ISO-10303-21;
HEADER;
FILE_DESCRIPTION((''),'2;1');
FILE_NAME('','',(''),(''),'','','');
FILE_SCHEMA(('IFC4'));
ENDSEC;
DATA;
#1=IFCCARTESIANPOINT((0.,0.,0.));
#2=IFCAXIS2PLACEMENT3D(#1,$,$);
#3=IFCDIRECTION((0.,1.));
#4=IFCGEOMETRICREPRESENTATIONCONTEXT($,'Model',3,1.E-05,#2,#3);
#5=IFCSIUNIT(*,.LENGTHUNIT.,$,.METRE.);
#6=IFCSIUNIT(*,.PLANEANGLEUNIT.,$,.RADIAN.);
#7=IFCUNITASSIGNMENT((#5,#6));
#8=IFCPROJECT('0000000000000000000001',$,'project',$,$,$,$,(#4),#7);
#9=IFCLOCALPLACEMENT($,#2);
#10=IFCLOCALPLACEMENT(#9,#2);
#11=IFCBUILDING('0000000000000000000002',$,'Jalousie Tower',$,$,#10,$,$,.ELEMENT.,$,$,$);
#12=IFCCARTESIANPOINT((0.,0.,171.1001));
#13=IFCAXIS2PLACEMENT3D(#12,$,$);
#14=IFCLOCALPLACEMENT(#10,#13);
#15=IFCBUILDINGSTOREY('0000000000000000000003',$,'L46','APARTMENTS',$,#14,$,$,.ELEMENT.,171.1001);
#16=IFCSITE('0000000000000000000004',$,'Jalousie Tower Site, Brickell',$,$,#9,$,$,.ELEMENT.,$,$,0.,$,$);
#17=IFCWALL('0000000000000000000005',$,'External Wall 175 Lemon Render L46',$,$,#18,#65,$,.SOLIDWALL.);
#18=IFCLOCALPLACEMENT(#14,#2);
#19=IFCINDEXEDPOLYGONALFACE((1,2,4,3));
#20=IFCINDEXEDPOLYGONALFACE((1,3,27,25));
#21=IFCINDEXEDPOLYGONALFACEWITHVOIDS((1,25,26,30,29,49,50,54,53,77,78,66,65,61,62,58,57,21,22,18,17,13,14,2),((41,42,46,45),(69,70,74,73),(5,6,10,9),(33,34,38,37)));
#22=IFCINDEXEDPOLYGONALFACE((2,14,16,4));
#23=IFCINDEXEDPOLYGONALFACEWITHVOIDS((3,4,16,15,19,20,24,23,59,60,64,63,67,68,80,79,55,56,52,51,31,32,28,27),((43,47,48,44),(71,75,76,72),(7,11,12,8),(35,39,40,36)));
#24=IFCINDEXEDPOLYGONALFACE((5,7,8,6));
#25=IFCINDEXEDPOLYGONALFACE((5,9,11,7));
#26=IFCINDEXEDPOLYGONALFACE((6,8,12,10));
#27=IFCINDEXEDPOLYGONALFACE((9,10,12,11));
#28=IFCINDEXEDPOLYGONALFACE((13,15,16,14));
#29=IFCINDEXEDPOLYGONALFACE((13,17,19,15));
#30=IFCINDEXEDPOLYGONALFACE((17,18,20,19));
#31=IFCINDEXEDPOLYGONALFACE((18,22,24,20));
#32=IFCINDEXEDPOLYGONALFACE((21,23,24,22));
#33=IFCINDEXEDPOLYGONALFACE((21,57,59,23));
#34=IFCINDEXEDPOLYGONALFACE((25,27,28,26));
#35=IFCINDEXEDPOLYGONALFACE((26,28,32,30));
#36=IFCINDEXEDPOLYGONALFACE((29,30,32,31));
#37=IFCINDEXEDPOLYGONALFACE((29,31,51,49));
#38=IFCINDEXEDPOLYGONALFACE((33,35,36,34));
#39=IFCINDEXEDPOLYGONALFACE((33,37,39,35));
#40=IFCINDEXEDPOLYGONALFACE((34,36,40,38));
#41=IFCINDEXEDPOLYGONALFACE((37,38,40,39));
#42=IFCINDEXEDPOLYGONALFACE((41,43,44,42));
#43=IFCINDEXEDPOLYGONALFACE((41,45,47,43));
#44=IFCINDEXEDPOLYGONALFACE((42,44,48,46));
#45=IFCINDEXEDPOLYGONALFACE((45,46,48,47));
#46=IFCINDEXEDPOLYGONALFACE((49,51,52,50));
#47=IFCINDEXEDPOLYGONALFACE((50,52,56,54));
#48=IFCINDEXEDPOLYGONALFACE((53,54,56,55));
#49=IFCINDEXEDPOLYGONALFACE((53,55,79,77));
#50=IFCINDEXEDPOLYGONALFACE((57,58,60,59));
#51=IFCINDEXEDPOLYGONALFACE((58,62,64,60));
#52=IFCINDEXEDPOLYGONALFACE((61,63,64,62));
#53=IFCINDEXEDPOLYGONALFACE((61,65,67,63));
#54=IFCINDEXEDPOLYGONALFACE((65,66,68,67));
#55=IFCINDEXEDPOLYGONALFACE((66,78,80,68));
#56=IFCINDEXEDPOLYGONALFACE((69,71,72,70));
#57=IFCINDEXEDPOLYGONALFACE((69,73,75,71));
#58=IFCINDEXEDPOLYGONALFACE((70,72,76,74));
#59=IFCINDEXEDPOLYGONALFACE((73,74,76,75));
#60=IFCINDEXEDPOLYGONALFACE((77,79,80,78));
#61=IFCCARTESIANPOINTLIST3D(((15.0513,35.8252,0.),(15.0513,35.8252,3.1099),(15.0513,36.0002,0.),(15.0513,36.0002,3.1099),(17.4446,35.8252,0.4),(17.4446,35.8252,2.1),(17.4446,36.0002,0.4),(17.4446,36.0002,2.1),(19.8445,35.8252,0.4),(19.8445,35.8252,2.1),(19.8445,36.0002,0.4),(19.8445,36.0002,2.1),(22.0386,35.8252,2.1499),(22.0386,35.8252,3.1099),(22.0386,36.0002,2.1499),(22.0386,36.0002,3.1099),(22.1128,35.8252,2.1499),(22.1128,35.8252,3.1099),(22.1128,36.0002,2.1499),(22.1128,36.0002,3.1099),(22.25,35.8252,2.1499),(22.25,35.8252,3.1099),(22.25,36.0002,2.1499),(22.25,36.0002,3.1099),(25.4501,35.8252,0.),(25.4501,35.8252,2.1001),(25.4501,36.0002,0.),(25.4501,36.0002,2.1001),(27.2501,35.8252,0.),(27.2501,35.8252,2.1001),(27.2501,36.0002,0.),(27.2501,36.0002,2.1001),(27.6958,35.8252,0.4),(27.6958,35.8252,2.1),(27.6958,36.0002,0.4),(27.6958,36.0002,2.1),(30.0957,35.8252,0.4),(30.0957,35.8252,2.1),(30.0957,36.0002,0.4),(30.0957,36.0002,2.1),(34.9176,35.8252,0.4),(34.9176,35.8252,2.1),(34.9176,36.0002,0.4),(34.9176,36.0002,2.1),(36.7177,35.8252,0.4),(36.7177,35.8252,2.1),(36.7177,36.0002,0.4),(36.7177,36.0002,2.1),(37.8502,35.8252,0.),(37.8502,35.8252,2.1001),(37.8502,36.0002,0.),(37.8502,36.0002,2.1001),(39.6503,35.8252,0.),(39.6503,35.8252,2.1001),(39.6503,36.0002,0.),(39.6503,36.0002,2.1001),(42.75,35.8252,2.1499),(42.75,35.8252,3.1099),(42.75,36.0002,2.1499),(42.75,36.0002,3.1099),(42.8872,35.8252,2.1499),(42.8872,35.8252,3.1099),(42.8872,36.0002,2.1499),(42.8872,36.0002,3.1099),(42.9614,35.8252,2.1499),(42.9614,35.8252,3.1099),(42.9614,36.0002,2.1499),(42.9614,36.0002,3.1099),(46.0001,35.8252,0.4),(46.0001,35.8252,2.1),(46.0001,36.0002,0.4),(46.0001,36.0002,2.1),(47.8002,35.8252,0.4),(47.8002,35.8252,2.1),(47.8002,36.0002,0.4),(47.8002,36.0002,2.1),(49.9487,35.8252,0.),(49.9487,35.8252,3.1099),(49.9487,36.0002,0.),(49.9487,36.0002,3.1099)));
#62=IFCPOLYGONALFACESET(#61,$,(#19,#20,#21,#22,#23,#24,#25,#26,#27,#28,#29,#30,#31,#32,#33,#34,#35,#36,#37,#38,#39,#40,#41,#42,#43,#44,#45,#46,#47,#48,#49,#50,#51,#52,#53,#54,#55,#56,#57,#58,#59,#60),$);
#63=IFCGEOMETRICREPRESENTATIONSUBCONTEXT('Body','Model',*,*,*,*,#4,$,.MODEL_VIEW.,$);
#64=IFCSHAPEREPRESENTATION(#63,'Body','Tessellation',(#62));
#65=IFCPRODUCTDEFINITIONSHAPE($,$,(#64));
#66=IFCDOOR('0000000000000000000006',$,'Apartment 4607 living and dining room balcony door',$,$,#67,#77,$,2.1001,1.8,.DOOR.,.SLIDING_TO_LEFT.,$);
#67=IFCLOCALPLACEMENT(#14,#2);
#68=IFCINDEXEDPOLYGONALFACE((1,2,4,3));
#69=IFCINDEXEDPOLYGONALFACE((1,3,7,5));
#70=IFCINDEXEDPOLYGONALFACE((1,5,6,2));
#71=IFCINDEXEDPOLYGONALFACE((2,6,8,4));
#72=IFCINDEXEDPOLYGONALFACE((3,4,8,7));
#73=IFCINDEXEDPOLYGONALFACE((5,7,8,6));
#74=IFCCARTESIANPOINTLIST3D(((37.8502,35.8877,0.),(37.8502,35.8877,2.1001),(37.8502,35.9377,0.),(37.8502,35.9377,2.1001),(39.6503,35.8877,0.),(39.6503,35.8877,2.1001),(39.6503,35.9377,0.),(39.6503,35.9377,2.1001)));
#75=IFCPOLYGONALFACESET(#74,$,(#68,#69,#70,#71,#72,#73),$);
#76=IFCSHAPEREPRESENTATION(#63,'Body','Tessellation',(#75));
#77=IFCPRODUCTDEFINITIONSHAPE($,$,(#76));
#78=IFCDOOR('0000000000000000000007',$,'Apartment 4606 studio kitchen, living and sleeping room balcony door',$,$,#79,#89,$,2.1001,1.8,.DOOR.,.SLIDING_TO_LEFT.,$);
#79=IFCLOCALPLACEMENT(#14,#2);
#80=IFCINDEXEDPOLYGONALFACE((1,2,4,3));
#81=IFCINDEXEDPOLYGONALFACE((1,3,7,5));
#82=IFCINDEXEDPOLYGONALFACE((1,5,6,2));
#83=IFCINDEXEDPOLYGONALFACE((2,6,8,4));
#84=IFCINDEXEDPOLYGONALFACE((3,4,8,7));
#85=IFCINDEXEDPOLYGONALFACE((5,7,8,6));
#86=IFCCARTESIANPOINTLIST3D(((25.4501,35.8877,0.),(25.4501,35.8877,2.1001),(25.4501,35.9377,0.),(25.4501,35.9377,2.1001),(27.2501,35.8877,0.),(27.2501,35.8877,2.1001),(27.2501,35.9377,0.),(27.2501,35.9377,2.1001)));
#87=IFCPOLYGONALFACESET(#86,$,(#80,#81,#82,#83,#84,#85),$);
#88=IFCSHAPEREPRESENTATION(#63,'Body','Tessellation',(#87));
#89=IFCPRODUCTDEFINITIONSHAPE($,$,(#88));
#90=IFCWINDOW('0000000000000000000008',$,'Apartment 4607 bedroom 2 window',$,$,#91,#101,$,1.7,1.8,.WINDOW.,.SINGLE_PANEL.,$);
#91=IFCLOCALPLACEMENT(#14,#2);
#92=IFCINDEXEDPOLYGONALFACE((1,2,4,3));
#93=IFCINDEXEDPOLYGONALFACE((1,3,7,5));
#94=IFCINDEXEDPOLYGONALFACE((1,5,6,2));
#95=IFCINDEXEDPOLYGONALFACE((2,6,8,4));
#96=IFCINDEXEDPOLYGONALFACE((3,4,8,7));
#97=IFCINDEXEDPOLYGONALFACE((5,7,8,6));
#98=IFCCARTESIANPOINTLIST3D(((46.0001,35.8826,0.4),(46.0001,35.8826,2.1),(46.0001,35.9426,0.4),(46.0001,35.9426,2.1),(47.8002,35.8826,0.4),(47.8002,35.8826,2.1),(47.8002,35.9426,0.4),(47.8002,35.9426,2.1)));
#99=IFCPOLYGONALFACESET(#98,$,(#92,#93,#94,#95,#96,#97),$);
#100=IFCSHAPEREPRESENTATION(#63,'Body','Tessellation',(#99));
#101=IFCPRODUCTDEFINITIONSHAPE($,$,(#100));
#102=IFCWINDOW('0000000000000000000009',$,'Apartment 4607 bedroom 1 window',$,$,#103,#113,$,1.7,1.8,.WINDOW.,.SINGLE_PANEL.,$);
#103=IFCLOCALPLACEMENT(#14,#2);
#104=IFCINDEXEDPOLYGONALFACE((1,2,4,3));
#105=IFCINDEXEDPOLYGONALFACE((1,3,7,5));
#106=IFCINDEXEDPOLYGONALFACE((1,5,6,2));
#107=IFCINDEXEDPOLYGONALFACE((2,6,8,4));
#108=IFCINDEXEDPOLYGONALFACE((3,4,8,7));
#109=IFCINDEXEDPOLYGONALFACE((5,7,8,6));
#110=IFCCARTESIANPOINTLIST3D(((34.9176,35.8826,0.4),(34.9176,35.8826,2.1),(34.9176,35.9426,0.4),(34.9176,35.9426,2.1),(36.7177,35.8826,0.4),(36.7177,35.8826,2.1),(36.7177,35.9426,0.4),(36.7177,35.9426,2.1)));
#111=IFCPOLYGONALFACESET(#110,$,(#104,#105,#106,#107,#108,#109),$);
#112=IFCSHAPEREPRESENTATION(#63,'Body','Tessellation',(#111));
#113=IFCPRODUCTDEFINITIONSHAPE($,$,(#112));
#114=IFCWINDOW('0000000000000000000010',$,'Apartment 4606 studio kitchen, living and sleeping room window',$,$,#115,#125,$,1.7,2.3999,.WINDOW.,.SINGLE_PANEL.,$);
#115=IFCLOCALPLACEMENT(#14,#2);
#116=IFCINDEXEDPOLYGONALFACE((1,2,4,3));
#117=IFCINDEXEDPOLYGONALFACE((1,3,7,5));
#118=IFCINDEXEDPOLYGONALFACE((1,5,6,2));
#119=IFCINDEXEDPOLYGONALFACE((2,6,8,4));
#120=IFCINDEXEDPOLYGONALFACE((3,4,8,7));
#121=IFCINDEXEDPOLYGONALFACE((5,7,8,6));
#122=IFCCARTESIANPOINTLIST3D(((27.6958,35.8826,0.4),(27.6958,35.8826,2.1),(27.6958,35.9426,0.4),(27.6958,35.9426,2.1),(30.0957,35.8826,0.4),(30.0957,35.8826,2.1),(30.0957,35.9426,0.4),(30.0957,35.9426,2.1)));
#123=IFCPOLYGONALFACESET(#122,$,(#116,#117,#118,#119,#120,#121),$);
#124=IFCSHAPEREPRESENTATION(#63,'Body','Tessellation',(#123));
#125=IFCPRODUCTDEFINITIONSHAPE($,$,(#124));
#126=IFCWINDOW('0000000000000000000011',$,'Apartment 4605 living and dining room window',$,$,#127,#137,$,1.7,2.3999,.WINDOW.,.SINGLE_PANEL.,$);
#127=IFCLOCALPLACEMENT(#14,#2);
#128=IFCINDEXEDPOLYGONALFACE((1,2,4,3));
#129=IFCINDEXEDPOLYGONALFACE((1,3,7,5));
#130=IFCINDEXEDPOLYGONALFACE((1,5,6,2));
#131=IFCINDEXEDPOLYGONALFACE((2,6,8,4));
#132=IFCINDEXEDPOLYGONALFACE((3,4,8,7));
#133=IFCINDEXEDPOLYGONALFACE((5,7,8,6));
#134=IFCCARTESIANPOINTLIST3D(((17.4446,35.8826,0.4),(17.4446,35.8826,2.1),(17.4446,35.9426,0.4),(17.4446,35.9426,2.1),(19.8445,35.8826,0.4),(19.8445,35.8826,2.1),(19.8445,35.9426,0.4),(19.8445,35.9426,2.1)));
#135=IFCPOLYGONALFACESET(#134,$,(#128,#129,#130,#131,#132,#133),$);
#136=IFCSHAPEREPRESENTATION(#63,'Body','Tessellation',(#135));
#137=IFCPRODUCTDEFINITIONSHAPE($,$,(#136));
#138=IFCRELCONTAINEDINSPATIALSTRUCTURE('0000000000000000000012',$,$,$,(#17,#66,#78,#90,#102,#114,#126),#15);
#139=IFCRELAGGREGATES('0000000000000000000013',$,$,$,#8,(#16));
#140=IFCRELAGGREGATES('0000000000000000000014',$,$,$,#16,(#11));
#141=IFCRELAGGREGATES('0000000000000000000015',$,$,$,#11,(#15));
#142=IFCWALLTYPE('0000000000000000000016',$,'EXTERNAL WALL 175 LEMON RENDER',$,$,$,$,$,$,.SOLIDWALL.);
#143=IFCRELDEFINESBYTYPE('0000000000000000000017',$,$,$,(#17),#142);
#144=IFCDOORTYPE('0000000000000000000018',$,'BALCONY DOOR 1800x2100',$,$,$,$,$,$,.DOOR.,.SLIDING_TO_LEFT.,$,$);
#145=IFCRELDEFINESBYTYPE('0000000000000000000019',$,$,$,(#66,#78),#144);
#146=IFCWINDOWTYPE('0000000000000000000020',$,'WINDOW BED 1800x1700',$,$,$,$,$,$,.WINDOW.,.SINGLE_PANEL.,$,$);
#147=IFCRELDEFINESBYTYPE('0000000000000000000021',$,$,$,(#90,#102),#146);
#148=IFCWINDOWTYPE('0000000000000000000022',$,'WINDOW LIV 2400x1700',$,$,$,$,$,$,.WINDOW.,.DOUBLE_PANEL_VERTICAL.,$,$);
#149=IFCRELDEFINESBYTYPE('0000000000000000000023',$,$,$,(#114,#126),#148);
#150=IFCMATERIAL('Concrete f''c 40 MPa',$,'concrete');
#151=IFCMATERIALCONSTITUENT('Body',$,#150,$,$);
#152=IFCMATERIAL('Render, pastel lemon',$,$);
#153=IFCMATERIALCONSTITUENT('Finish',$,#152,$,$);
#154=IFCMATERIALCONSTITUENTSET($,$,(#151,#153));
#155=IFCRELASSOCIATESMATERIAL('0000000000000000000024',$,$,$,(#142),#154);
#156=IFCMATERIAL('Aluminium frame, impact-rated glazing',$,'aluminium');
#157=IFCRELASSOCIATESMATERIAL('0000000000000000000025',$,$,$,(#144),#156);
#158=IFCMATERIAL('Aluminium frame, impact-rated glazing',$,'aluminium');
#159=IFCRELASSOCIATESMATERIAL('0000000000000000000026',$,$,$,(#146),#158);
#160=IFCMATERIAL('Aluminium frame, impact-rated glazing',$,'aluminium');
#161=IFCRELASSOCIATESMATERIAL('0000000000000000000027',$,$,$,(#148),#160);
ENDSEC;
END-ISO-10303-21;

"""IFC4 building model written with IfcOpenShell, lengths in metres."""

from ifc_helpers import new_model, si_unit, direction, frame, frame_2d, origin, place, context, subcontext, project, spatial, polyline, rectangle, outline, extrude, material, constituent, constituent_set, type_object, element, fill, save


model = new_model("IFC4")

# Units and contexts
model_context = context("Model", 3, precision=1e-05, world=origin(), true_north=direction((0.0, 1.0)))
body_context = subcontext(model_context, "Body", "Model", "MODEL_VIEW")
ifc_project = project(units=[si_unit("LENGTHUNIT", "METRE"), si_unit("PLANEANGLEUNIT", "RADIAN")], contexts=[model_context])

# Site, building, storey
site_placement = place(None, origin())
site = spatial("IfcSite", under=ifc_project, at=site_placement, Name="Jalousie Tower Site, Brickell", CompositionType="ELEMENT", RefElevation=0.0)
building_placement = place(site_placement, origin())
building = spatial("IfcBuilding", under=site, at=building_placement, Name="Jalousie Tower", CompositionType="ELEMENT")
storey_placement = place(building_placement, frame((0.0, 0.0, 171.1001)))
storey = spatial("IfcBuildingStorey", under=building, at=storey_placement, Name="L46", Description="APARTMENTS", CompositionType="ELEMENT", Elevation=171.1001)

# Wall, openings, doors, windows
ifc_material_1 = material(Name="Concrete f'c 40 MPa", Category="concrete")
ifc_constituent_1 = constituent(ifc_material_1, Name="Body")
ifc_material_2 = material(Name="Render, pastel lemon")
ifc_constituent_2 = constituent(ifc_material_2, Name="Finish")
ifc_constituent_set_1 = constituent_set(constituents=[ifc_constituent_1, ifc_constituent_2])
wall_type_1 = type_object("IfcWallType", Name="EXTERNAL WALL 175 LEMON RENDER", PredefinedType="SOLIDWALL", material=ifc_constituent_set_1)
wall_1_placement = place(storey_placement, frame((49.9487, 35.9126, 0.0), z_axis=(0.0, 0.0, 1.0), x_axis=(-1.0, 0.0, 0.0)))
wall_1 = element("IfcWall", 1, at=wall_1_placement, inside=storey, type_object=wall_type_1, Name="External Wall 175 Lemon Render L46", PredefinedType="SOLIDWALL", context=body_context, shape_type="SweptSolid", body=[
    extrude(outline(polyline([(0.0, 0.0), (34.8975, 0.0), (34.8975, 3.1099), (27.9102, 3.1099), (27.9102, 2.1499), (27.8359, 2.1499), (27.8359, 3.1099), (27.6987, 3.1099), (27.6987, 2.1499), (7.1987, 2.1499), (7.1987, 3.1099), (7.0615, 3.1099), (7.0615, 2.1499), (6.9873, 2.1499), (6.9873, 3.1099), (0.0, 3.1099), (0.0, 0.0)])), frame((0.0, 0.0874, 0.0), z_axis=(0.0, -1.0, 0.0), x_axis=(1.0, 0.0, 0.0)), (0.0, 0.0, 1.0), 0.175),
])
opening_1_placement = place(wall_1_placement, frame((2.1487, 0.0, 0.3999)))
opening_1 = element("IfcOpeningElement", 2, at=opening_1_placement, cuts=wall_1, PredefinedType="OPENING", context=body_context, shape_type="SweptSolid", body=[
    extrude(rectangle(XDim=1.8, YDim=1.7, at=frame_2d((0.8999, 0.8501))), frame((0.0, 0.0974, 0.0), z_axis=(0.0, -1.0, 0.0), x_axis=(1.0, 0.0, 0.0)), (0.0, 0.0, 1.0), 0.1951),
])
opening_2_placement = place(wall_1_placement, frame((10.2986, 0.0, 0.0)))
opening_2 = element("IfcOpeningElement", 3, at=opening_2_placement, cuts=wall_1, PredefinedType="OPENING", context=body_context, shape_type="SweptSolid", body=[
    extrude(rectangle(XDim=1.8, YDim=2.1001, at=frame_2d((0.8999, 1.05))), frame((0.0, 0.0974, 0.0), z_axis=(0.0, -1.0, 0.0), x_axis=(1.0, 0.0, 0.0)), (0.0, 0.0, 1.0), 0.1951),
])
opening_3_placement = place(wall_1_placement, frame((13.2312, 0.0, 0.3999)))
opening_3 = element("IfcOpeningElement", 4, at=opening_3_placement, cuts=wall_1, PredefinedType="OPENING", context=body_context, shape_type="SweptSolid", body=[
    extrude(rectangle(XDim=1.8, YDim=1.7, at=frame_2d((0.8999, 0.8501))), frame((0.0, 0.0974, 0.0), z_axis=(0.0, -1.0, 0.0), x_axis=(1.0, 0.0, 0.0)), (0.0, 0.0, 1.0), 0.1951),
])
opening_4_placement = place(wall_1_placement, frame((22.6987, 0.0, 0.0)))
opening_4 = element("IfcOpeningElement", 5, at=opening_4_placement, cuts=wall_1, PredefinedType="OPENING", context=body_context, shape_type="SweptSolid", body=[
    extrude(rectangle(XDim=1.8, YDim=2.1001, at=frame_2d((0.8999, 1.05))), frame((0.0, 0.0974, 0.0), z_axis=(0.0, -1.0, 0.0), x_axis=(1.0, 0.0, 0.0)), (0.0, 0.0, 1.0), 0.1951),
])
opening_5_placement = place(wall_1_placement, frame((19.853, 0.0, 0.3999)))
opening_5 = element("IfcOpeningElement", 6, at=opening_5_placement, cuts=wall_1, PredefinedType="OPENING", context=body_context, shape_type="SweptSolid", body=[
    extrude(rectangle(XDim=2.3999, YDim=1.7, at=frame_2d((1.2, 0.8501))), frame((0.0, 0.0974, 0.0), z_axis=(0.0, -1.0, 0.0), x_axis=(1.0, 0.0, 0.0)), (0.0, 0.0, 1.0), 0.1951),
])
opening_6_placement = place(wall_1_placement, frame((30.1042, 0.0, 0.3999)))
opening_6 = element("IfcOpeningElement", 7, at=opening_6_placement, cuts=wall_1, PredefinedType="OPENING", context=body_context, shape_type="SweptSolid", body=[
    extrude(rectangle(XDim=2.3999, YDim=1.7, at=frame_2d((1.2, 0.8501))), frame((0.0, 0.0974, 0.0), z_axis=(0.0, -1.0, 0.0), x_axis=(1.0, 0.0, 0.0)), (0.0, 0.0, 1.0), 0.1951),
])
ifc_material_3 = material(Name="Aluminium frame, impact-rated glazing", Category="aluminium")
door_type_1 = type_object("IfcDoorType", Name="BALCONY DOOR 1800x2100", OperationType="SLIDING_TO_LEFT", PredefinedType="DOOR", material=ifc_material_3)
door_1_placement = place(opening_2_placement, origin())
door_1 = element("IfcDoor", 8, at=door_1_placement, inside=storey, type_object=door_type_1, Name="Apartment 4607 living and dining room balcony door", OperationType="SLIDING_TO_LEFT", OverallHeight=2.1001, OverallWidth=1.8, PredefinedType="DOOR", context=body_context, shape_type="SweptSolid", body=[
    extrude(rectangle(XDim=1.8, YDim=2.1001, at=frame_2d((0.8999, 1.05))), frame((0.0, 0.0249, 0.0), z_axis=(0.0, -1.0, 0.0), x_axis=(1.0, 0.0, 0.0)), (0.0, 0.0, 1.0), 0.05),
])
fill(opening_2, door_1)
door_2_placement = place(opening_4_placement, origin())
door_2 = element("IfcDoor", 9, at=door_2_placement, inside=storey, type_object=door_type_1, Name="Apartment 4606 studio kitchen, living and sleeping room balcony door", OperationType="SLIDING_TO_LEFT", OverallHeight=2.1001, OverallWidth=1.8, PredefinedType="DOOR", context=body_context, shape_type="SweptSolid", body=[
    extrude(rectangle(XDim=1.8, YDim=2.1001, at=frame_2d((0.8999, 1.05))), frame((0.0, 0.0249, 0.0), z_axis=(0.0, -1.0, 0.0), x_axis=(1.0, 0.0, 0.0)), (0.0, 0.0, 1.0), 0.05),
])
fill(opening_4, door_2)
ifc_material_4 = material(Name="Aluminium frame, impact-rated glazing", Category="aluminium")
window_type_1 = type_object("IfcWindowType", Name="WINDOW BED 1800x1700", PartitioningType="SINGLE_PANEL", PredefinedType="WINDOW", material=ifc_material_4)
window_1_placement = place(opening_1_placement, origin())
window_1 = element("IfcWindow", 10, at=window_1_placement, inside=storey, type_object=window_type_1, Name="Apartment 4607 bedroom 2 window", OverallHeight=1.7, OverallWidth=1.8, PartitioningType="SINGLE_PANEL", PredefinedType="WINDOW", context=body_context, shape_type="SweptSolid", body=[
    extrude(rectangle(XDim=1.8, YDim=1.7, at=frame_2d((0.8999, 0.8501))), frame((0.0, 0.03, 0.0), z_axis=(0.0, -1.0, 0.0), x_axis=(1.0, 0.0, 0.0)), (0.0, 0.0, 1.0), 0.0601),
])
fill(opening_1, window_1)
window_2_placement = place(opening_3_placement, origin())
window_2 = element("IfcWindow", 11, at=window_2_placement, inside=storey, type_object=window_type_1, Name="Apartment 4607 bedroom 1 window", OverallHeight=1.7, OverallWidth=1.8, PartitioningType="SINGLE_PANEL", PredefinedType="WINDOW", context=body_context, shape_type="SweptSolid", body=[
    extrude(rectangle(XDim=1.8, YDim=1.7, at=frame_2d((0.8999, 0.8501))), frame((0.0, 0.03, 0.0), z_axis=(0.0, -1.0, 0.0), x_axis=(1.0, 0.0, 0.0)), (0.0, 0.0, 1.0), 0.0601),
])
fill(opening_3, window_2)
ifc_material_5 = material(Name="Aluminium frame, impact-rated glazing", Category="aluminium")
window_type_2 = type_object("IfcWindowType", Name="WINDOW LIV 2400x1700", PartitioningType="DOUBLE_PANEL_VERTICAL", PredefinedType="WINDOW", material=ifc_material_5)
window_3_placement = place(opening_5_placement, origin())
window_3 = element("IfcWindow", 12, at=window_3_placement, inside=storey, type_object=window_type_2, Name="Apartment 4606 studio kitchen, living and sleeping room window", OverallHeight=1.7, OverallWidth=2.3999, PartitioningType="SINGLE_PANEL", PredefinedType="WINDOW", context=body_context, shape_type="SweptSolid", body=[
    extrude(rectangle(XDim=2.3999, YDim=1.7, at=frame_2d((1.2, 0.8501))), frame((0.0, 0.03, 0.0), z_axis=(0.0, -1.0, 0.0), x_axis=(1.0, 0.0, 0.0)), (0.0, 0.0, 1.0), 0.0601),
])
fill(opening_5, window_3)
window_4_placement = place(opening_6_placement, origin())
window_4 = element("IfcWindow", 13, at=window_4_placement, inside=storey, type_object=window_type_2, Name="Apartment 4605 living and dining room window", OverallHeight=1.7, OverallWidth=2.3999, PartitioningType="SINGLE_PANEL", PredefinedType="WINDOW", context=body_context, shape_type="SweptSolid", body=[
    extrude(rectangle(XDim=2.3999, YDim=1.7, at=frame_2d((1.2, 0.8501))), frame((0.0, 0.03, 0.0), z_axis=(0.0, -1.0, 0.0), x_axis=(1.0, 0.0, 0.0)), (0.0, 0.0, 1.0), 0.0601),
])
fill(opening_6, window_4)

save(model, "model.ifc")
